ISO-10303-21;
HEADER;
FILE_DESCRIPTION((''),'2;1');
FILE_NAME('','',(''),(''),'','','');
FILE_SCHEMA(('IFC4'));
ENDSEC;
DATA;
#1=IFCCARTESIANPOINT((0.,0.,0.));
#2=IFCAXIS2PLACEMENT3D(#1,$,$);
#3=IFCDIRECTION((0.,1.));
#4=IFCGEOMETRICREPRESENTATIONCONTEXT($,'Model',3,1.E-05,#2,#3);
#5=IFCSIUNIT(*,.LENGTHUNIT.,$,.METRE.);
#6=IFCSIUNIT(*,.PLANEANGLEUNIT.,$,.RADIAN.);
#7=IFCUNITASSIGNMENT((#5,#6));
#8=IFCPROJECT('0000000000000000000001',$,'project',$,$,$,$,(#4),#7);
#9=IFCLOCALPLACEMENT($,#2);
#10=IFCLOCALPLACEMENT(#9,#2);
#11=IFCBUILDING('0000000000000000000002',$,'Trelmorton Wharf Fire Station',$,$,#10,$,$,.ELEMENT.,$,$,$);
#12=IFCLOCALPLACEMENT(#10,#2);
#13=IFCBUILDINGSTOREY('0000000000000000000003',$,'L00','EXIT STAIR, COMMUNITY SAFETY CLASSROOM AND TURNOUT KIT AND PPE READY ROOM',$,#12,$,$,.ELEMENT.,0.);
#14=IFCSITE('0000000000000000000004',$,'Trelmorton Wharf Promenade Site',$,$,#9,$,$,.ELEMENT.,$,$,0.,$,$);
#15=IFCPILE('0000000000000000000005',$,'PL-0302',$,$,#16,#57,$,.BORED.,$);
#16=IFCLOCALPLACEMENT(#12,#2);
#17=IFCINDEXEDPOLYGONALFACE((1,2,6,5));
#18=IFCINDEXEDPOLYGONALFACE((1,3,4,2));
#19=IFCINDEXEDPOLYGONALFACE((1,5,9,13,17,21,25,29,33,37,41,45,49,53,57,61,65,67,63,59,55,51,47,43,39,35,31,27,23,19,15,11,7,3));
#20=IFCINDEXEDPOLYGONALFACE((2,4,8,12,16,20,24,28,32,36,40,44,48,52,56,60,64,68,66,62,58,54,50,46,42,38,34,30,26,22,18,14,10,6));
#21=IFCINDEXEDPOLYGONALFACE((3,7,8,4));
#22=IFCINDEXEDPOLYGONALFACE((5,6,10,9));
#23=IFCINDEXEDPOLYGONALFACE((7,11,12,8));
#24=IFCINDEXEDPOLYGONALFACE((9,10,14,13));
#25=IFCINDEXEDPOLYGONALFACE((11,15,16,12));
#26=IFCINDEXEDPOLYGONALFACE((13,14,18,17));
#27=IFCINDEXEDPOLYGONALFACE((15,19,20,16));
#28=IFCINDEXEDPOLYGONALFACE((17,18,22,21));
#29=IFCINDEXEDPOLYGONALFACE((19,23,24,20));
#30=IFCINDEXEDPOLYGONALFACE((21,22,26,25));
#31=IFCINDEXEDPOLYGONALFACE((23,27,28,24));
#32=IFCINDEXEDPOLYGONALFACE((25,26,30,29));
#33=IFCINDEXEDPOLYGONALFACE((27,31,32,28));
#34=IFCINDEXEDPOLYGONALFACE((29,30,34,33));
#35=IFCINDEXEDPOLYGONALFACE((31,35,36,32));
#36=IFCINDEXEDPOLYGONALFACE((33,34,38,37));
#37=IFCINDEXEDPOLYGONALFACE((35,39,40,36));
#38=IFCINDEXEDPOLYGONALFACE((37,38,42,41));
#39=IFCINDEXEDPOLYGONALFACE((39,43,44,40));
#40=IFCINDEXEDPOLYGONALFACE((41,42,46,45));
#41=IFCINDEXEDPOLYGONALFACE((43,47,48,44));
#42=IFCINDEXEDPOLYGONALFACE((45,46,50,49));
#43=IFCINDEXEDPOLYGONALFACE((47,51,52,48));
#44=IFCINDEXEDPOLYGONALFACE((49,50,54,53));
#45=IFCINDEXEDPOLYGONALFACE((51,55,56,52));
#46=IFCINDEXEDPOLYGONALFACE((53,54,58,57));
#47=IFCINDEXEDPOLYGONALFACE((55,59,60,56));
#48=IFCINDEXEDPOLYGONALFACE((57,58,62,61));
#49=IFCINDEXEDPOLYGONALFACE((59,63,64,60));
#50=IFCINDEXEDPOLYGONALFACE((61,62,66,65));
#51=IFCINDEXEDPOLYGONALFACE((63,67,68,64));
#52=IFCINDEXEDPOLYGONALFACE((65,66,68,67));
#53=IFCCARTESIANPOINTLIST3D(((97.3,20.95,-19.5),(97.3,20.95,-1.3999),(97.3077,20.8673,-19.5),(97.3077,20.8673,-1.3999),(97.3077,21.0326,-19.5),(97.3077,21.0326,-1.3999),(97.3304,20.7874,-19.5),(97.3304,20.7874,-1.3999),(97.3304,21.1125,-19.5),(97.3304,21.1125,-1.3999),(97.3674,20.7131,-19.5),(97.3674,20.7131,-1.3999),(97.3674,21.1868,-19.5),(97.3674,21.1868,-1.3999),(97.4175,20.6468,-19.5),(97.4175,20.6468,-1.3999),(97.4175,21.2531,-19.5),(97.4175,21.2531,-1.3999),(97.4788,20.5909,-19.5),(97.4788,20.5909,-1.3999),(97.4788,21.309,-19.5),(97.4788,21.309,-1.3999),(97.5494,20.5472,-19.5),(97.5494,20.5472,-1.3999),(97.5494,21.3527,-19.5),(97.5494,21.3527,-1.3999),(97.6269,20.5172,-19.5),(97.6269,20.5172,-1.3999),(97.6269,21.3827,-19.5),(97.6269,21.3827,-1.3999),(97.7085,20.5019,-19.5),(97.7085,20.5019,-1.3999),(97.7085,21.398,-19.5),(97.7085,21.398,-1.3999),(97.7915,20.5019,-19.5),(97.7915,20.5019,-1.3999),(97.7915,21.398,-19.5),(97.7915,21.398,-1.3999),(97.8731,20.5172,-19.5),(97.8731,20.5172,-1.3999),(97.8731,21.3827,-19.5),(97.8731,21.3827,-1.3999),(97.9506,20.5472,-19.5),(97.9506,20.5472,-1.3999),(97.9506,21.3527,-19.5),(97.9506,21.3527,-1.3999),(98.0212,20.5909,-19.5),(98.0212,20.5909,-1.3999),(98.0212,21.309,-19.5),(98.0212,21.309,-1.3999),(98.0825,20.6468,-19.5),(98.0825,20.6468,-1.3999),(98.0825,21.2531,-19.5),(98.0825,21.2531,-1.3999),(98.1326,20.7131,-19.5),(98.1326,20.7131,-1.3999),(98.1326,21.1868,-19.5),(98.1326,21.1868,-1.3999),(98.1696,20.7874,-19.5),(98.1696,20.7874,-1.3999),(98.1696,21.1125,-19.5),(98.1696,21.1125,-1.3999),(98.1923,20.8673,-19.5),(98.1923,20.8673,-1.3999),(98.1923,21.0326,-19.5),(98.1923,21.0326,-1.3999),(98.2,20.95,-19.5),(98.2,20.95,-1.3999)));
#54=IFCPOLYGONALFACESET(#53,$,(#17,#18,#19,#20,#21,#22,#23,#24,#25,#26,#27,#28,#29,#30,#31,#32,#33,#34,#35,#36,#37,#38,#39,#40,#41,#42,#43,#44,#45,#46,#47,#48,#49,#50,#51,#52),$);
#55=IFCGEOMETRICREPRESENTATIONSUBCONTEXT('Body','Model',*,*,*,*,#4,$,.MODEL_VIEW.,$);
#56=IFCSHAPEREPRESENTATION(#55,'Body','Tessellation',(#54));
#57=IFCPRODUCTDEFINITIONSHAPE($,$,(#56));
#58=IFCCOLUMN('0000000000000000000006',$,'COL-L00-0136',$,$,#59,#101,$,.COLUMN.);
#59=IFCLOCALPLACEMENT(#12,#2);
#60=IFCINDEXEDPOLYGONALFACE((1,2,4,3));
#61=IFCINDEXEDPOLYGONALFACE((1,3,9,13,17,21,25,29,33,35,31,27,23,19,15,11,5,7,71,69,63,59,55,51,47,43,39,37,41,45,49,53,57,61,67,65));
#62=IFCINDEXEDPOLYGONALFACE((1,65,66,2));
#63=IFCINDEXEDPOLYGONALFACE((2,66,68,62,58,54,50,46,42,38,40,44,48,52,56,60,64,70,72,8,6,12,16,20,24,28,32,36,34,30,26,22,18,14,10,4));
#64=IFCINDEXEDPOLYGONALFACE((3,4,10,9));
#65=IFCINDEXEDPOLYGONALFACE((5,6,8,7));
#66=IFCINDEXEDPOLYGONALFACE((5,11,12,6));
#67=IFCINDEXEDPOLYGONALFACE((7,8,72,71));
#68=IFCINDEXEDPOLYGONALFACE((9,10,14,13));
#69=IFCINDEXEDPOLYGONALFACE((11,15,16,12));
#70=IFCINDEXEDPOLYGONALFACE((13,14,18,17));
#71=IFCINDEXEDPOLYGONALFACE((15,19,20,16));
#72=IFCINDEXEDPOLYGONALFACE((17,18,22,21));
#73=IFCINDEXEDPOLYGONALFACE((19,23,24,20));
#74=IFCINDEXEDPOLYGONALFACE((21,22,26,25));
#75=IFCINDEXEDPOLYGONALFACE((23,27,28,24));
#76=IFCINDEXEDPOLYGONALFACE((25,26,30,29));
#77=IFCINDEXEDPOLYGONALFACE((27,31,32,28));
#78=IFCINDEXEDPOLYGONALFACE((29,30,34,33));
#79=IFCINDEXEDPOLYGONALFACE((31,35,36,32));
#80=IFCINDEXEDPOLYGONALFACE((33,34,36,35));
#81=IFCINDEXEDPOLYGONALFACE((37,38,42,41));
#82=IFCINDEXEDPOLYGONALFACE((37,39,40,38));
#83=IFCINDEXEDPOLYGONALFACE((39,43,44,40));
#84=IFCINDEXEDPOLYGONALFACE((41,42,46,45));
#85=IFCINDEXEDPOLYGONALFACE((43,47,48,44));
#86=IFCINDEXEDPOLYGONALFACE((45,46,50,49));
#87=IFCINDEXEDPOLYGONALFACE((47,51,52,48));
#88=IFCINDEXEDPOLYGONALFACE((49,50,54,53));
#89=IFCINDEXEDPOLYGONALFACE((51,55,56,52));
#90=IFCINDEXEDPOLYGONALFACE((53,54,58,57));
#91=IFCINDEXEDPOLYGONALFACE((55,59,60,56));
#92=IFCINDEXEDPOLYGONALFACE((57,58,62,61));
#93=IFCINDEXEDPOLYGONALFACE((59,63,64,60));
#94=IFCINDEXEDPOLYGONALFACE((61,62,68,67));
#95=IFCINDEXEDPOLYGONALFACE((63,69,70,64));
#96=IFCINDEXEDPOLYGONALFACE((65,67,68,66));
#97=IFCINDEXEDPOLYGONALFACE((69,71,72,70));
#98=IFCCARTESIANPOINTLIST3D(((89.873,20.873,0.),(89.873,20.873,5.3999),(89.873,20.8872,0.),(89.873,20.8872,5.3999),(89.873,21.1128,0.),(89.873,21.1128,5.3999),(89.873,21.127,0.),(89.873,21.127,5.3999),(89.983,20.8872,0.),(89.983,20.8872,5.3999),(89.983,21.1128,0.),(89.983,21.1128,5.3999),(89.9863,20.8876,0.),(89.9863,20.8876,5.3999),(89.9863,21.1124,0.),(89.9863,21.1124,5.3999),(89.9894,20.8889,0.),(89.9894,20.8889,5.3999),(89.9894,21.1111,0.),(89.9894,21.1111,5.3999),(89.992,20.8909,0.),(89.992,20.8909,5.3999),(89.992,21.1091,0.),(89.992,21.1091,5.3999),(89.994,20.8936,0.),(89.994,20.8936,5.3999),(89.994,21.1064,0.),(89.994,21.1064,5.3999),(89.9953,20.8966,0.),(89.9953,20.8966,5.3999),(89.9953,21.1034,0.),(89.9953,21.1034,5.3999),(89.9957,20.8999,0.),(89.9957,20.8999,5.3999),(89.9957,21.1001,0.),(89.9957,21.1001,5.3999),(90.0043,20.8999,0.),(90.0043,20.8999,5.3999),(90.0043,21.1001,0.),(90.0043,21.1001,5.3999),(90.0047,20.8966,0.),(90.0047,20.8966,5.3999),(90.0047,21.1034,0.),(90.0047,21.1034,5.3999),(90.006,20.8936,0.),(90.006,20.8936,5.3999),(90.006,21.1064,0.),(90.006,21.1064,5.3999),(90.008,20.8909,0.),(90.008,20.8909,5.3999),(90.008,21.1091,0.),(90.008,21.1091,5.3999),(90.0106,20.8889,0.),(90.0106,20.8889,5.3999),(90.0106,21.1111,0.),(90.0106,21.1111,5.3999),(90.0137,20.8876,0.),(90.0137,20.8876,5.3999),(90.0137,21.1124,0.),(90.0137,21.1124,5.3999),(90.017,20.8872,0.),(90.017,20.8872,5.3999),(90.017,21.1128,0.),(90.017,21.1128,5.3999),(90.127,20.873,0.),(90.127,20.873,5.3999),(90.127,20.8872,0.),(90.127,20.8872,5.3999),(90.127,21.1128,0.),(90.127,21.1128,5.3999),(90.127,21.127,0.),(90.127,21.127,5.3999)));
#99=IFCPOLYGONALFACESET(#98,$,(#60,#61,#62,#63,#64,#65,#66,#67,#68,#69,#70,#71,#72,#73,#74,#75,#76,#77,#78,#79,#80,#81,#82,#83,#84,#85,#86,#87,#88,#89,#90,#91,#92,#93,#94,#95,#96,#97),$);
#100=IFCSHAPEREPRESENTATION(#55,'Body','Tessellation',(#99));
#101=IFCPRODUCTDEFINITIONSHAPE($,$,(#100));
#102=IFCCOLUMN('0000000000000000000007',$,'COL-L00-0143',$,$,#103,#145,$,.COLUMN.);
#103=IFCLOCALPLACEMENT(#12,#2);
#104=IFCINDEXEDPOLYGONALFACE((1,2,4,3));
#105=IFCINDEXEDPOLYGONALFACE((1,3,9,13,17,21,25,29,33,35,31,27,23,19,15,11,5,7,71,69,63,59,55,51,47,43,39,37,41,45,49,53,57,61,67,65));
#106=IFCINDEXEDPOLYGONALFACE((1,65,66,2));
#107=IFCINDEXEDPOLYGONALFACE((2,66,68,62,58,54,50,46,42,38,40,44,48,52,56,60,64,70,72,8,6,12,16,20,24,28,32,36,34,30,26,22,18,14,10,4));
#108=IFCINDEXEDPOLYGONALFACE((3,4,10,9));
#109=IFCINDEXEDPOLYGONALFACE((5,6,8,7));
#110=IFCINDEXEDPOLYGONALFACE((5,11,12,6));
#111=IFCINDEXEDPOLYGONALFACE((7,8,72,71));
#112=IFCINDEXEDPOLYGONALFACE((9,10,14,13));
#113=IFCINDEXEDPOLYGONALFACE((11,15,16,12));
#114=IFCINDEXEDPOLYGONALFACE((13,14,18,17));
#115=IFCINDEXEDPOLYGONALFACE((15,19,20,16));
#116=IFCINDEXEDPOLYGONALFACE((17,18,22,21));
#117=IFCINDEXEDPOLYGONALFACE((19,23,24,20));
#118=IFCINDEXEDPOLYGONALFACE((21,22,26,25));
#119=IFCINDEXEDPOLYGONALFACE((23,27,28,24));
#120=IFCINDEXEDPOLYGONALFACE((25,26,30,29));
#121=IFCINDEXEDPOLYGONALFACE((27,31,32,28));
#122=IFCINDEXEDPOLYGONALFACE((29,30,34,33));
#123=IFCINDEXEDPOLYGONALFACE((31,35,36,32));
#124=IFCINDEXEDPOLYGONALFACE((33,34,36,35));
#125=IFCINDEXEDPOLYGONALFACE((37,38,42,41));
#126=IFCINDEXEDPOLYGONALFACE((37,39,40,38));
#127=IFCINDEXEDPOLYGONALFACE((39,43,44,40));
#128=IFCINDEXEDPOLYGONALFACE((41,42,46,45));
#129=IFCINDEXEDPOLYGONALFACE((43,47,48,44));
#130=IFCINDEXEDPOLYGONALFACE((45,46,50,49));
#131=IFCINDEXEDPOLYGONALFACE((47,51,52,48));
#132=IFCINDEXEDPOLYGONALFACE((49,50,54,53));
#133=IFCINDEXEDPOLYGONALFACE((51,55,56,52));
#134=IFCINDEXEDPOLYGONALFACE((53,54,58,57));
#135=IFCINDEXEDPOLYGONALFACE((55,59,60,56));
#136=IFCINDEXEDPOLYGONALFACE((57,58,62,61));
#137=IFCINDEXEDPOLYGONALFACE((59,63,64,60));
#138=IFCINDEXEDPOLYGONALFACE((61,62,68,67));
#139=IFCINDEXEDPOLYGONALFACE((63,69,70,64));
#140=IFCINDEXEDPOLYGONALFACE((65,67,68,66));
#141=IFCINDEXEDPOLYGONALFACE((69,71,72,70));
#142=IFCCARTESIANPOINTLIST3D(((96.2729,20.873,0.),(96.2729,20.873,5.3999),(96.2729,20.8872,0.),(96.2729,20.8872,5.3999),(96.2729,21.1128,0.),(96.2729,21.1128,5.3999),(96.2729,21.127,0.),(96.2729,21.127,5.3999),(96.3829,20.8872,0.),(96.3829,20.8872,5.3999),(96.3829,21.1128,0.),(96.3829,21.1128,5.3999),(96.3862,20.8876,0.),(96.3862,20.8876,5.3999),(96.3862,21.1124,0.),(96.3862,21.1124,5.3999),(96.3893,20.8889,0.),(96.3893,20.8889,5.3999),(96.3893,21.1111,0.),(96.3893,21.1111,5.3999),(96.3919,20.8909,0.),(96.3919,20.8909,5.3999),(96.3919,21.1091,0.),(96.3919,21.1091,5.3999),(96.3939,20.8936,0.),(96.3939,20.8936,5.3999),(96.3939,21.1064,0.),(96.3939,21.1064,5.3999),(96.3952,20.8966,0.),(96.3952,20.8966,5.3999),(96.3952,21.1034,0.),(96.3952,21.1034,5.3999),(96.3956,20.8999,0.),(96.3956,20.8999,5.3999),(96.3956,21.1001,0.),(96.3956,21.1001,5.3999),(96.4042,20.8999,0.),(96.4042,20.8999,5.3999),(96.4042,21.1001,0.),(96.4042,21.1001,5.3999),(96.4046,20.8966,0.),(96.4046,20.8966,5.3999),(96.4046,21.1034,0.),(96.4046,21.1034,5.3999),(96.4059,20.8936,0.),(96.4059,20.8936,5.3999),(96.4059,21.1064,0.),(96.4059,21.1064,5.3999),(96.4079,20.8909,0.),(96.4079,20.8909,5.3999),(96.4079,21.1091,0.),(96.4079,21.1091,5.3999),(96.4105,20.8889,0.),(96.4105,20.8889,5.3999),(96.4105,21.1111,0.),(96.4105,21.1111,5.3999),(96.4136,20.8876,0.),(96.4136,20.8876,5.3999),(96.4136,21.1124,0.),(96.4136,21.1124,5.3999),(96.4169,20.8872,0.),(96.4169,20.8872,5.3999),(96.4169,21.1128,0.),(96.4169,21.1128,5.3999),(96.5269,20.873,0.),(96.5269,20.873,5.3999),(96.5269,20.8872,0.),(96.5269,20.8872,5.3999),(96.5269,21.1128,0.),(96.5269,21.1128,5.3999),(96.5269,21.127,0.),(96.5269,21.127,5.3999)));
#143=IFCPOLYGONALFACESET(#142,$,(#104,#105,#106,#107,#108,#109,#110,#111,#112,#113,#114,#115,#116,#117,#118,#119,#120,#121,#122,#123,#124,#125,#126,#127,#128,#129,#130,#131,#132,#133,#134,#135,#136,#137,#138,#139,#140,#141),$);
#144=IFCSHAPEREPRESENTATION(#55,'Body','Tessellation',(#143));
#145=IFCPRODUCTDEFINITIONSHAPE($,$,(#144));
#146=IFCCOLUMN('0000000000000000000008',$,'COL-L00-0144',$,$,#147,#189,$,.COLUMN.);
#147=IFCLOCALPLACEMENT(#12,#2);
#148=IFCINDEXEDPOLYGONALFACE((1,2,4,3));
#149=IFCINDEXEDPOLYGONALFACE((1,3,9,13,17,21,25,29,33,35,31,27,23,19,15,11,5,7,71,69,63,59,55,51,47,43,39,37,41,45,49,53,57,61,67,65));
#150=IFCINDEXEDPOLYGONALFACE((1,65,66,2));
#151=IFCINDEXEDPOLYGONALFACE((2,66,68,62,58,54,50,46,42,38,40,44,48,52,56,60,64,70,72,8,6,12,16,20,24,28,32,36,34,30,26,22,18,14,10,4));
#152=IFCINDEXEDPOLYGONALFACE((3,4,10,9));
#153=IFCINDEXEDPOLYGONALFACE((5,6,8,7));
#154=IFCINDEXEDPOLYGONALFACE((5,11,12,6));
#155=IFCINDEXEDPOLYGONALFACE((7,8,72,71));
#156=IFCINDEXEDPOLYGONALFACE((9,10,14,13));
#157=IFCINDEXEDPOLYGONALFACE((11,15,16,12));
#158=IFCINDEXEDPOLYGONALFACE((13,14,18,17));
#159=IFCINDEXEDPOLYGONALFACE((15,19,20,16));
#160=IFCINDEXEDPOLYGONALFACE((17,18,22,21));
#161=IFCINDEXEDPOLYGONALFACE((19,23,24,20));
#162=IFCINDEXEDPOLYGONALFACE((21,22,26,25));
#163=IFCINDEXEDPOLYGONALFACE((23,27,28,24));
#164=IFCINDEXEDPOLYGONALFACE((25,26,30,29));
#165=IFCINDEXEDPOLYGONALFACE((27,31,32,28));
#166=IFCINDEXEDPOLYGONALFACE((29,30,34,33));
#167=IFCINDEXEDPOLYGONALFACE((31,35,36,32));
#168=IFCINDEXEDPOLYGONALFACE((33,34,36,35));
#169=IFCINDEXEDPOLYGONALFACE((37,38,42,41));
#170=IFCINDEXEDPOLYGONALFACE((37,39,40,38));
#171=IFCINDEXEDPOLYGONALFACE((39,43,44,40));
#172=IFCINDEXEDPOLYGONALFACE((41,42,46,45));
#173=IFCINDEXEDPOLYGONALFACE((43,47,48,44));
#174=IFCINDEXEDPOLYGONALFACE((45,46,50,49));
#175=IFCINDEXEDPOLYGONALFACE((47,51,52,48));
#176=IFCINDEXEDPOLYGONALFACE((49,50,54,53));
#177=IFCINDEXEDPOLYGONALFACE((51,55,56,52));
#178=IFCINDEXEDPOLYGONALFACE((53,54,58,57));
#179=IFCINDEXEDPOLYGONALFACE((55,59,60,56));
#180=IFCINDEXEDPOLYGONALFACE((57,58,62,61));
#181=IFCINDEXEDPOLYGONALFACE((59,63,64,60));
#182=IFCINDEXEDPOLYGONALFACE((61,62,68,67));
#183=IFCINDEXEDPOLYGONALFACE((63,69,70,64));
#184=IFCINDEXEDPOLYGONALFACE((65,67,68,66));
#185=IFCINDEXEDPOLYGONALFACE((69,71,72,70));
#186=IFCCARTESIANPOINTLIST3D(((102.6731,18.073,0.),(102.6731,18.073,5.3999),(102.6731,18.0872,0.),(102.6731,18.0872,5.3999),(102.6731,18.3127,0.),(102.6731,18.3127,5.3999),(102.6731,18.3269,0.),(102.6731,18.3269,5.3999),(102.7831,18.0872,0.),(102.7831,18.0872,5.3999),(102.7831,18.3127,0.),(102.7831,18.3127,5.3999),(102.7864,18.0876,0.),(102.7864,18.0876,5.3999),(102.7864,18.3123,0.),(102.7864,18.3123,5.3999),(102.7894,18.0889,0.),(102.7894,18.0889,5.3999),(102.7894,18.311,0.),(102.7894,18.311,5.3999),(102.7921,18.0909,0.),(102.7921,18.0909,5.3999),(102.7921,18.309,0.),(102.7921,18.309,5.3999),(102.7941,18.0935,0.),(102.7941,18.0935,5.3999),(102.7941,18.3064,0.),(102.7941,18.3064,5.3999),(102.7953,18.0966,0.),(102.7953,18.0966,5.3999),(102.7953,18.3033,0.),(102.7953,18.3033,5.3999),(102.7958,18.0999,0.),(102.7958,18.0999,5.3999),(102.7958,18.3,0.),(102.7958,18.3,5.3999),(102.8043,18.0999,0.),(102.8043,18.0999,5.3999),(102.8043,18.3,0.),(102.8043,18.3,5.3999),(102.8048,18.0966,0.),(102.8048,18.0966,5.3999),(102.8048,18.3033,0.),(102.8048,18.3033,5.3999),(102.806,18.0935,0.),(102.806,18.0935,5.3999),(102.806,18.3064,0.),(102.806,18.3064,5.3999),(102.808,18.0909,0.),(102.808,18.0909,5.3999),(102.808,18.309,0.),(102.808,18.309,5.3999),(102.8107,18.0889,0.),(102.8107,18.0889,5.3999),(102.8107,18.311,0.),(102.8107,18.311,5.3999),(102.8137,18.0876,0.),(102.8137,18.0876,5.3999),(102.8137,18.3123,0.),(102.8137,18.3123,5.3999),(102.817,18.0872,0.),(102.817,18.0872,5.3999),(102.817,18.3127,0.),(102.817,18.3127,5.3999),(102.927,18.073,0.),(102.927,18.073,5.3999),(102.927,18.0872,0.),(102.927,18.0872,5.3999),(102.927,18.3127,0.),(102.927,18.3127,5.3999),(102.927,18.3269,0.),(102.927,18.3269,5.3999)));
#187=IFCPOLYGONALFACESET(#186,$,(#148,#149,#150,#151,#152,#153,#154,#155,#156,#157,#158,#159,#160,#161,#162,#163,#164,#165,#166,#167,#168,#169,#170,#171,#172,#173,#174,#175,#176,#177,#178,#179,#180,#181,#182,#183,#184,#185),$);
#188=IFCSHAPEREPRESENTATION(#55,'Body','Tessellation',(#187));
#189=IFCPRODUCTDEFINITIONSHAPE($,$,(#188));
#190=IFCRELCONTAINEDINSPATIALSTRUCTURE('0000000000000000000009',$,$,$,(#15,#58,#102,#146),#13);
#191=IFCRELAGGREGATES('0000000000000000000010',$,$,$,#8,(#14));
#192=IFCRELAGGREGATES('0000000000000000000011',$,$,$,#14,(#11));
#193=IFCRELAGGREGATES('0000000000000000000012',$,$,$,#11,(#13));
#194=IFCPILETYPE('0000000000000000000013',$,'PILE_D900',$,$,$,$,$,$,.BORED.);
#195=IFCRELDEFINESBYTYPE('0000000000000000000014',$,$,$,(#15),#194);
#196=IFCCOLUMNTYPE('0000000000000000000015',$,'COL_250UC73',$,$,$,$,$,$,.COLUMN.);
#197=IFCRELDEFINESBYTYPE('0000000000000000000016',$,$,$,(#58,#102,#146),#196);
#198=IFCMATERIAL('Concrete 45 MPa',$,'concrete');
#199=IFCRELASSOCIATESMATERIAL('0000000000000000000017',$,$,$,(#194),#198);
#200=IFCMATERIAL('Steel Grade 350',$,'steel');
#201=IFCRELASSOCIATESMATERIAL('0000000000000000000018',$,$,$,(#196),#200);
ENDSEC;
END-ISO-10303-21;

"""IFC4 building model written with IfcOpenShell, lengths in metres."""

from ifc_helpers import new_model, si_unit, direction, frame, origin, origin_2d, place, context, subcontext, project, spatial, circle, i_section, extrude, material, material_profile, profile_set, type_object, element, save


model = new_model("IFC4")

# Units and contexts
model_context = context("Model", 3, precision=1e-05, world=origin(), true_north=direction((0.0, 1.0)))
body_context = subcontext(model_context, "Body", "Model", "MODEL_VIEW")
ifc_project = project(units=[si_unit("LENGTHUNIT", "METRE"), si_unit("PLANEANGLEUNIT", "RADIAN")], contexts=[model_context])

# Site, building, storey
site_placement = place(None, origin())
site = spatial("IfcSite", under=ifc_project, at=site_placement, Name="Trelmorton Wharf Promenade Site", CompositionType="ELEMENT", RefElevation=0.0)
building_placement = place(site_placement, origin())
building = spatial("IfcBuilding", under=site, at=building_placement, Name="Trelmorton Wharf Fire Station", CompositionType="ELEMENT")
storey_placement = place(building_placement, origin())
storey = spatial("IfcBuildingStorey", under=building, at=storey_placement, Name="L00", Description="EXIT STAIR, COMMUNITY SAFETY CLASSROOM AND TURNOUT KIT AND PPE READY ROOM", CompositionType="ELEMENT", Elevation=0.0)

# Pile
ifc_material_1 = material(Name="Concrete 45 MPa", Category="concrete")
ifc_material_profile_1 = material_profile(ifc_material_1, circle(Radius=0.45, at=origin_2d()), Name="PILE-D900")
ifc_profile_set_1 = profile_set([ifc_material_profile_1], Name="Concrete 45 MPa")
pile_type_1 = type_object("IfcPileType", Name="PILE_D900", PredefinedType="BORED", material=ifc_profile_set_1)
for number, where, z_axis, x_axis, name in (
    (1, (97.75, 20.95, -1.3999), (0.0, 0.0, -1.0), (1.0, 0.0, 0.0), "PL-0302"),
):
    element("IfcPile", number, at=place(storey_placement, frame(where, z_axis=z_axis, x_axis=x_axis)), inside=storey, type_object=pile_type_1, Name=name, PredefinedType="BORED", context=body_context, shape_type="SweptSolid", body=[
        extrude(circle(Radius=0.45, at=origin_2d()), origin(), (0.0, 0.0, 1.0), 18.1001),
    ])

# Columns
ifc_material_2 = material(Name="Steel Grade 350", Category="steel")
ifc_material_profile_2 = material_profile(ifc_material_2, i_section(OverallWidth=0.2539, OverallDepth=0.2539, WebThickness=0.0085, FlangeThickness=0.0142, FilletRadius=0.0127, at=origin_2d()), Name="250UC72.9")
ifc_profile_set_2 = profile_set([ifc_material_profile_2], Name="Steel Grade 350")
column_type_1 = type_object("IfcColumnType", Name="COL_250UC73", PredefinedType="COLUMN", material=ifc_profile_set_2)
for number, where, z_axis, x_axis, name in (
    (2, (90.0, 21.0, 0.0), (0.0, 0.0, 1.0), (1.0, 0.0, 0.0), "COL-L00-0136"),
    (3, (96.3999, 21.0, 0.0), (0.0, 0.0, 1.0), (1.0, 0.0, 0.0), "COL-L00-0143"),
    (4, (102.8, 18.2, 0.0), (0.0, 0.0, 1.0), (1.0, 0.0, 0.0), "COL-L00-0144"),
):
    element("IfcColumn", number, at=place(storey_placement, frame(where, z_axis=z_axis, x_axis=x_axis)), inside=storey, type_object=column_type_1, Name=name, PredefinedType="COLUMN", context=body_context, shape_type="SweptSolid", body=[
        extrude(i_section(OverallWidth=0.2539, OverallDepth=0.2539, WebThickness=0.0085, FlangeThickness=0.0142, FilletRadius=0.0127, at=origin_2d()), origin(), (0.0, 0.0, 1.0), 5.3999),
    ])

save(model, "model.ifc")
